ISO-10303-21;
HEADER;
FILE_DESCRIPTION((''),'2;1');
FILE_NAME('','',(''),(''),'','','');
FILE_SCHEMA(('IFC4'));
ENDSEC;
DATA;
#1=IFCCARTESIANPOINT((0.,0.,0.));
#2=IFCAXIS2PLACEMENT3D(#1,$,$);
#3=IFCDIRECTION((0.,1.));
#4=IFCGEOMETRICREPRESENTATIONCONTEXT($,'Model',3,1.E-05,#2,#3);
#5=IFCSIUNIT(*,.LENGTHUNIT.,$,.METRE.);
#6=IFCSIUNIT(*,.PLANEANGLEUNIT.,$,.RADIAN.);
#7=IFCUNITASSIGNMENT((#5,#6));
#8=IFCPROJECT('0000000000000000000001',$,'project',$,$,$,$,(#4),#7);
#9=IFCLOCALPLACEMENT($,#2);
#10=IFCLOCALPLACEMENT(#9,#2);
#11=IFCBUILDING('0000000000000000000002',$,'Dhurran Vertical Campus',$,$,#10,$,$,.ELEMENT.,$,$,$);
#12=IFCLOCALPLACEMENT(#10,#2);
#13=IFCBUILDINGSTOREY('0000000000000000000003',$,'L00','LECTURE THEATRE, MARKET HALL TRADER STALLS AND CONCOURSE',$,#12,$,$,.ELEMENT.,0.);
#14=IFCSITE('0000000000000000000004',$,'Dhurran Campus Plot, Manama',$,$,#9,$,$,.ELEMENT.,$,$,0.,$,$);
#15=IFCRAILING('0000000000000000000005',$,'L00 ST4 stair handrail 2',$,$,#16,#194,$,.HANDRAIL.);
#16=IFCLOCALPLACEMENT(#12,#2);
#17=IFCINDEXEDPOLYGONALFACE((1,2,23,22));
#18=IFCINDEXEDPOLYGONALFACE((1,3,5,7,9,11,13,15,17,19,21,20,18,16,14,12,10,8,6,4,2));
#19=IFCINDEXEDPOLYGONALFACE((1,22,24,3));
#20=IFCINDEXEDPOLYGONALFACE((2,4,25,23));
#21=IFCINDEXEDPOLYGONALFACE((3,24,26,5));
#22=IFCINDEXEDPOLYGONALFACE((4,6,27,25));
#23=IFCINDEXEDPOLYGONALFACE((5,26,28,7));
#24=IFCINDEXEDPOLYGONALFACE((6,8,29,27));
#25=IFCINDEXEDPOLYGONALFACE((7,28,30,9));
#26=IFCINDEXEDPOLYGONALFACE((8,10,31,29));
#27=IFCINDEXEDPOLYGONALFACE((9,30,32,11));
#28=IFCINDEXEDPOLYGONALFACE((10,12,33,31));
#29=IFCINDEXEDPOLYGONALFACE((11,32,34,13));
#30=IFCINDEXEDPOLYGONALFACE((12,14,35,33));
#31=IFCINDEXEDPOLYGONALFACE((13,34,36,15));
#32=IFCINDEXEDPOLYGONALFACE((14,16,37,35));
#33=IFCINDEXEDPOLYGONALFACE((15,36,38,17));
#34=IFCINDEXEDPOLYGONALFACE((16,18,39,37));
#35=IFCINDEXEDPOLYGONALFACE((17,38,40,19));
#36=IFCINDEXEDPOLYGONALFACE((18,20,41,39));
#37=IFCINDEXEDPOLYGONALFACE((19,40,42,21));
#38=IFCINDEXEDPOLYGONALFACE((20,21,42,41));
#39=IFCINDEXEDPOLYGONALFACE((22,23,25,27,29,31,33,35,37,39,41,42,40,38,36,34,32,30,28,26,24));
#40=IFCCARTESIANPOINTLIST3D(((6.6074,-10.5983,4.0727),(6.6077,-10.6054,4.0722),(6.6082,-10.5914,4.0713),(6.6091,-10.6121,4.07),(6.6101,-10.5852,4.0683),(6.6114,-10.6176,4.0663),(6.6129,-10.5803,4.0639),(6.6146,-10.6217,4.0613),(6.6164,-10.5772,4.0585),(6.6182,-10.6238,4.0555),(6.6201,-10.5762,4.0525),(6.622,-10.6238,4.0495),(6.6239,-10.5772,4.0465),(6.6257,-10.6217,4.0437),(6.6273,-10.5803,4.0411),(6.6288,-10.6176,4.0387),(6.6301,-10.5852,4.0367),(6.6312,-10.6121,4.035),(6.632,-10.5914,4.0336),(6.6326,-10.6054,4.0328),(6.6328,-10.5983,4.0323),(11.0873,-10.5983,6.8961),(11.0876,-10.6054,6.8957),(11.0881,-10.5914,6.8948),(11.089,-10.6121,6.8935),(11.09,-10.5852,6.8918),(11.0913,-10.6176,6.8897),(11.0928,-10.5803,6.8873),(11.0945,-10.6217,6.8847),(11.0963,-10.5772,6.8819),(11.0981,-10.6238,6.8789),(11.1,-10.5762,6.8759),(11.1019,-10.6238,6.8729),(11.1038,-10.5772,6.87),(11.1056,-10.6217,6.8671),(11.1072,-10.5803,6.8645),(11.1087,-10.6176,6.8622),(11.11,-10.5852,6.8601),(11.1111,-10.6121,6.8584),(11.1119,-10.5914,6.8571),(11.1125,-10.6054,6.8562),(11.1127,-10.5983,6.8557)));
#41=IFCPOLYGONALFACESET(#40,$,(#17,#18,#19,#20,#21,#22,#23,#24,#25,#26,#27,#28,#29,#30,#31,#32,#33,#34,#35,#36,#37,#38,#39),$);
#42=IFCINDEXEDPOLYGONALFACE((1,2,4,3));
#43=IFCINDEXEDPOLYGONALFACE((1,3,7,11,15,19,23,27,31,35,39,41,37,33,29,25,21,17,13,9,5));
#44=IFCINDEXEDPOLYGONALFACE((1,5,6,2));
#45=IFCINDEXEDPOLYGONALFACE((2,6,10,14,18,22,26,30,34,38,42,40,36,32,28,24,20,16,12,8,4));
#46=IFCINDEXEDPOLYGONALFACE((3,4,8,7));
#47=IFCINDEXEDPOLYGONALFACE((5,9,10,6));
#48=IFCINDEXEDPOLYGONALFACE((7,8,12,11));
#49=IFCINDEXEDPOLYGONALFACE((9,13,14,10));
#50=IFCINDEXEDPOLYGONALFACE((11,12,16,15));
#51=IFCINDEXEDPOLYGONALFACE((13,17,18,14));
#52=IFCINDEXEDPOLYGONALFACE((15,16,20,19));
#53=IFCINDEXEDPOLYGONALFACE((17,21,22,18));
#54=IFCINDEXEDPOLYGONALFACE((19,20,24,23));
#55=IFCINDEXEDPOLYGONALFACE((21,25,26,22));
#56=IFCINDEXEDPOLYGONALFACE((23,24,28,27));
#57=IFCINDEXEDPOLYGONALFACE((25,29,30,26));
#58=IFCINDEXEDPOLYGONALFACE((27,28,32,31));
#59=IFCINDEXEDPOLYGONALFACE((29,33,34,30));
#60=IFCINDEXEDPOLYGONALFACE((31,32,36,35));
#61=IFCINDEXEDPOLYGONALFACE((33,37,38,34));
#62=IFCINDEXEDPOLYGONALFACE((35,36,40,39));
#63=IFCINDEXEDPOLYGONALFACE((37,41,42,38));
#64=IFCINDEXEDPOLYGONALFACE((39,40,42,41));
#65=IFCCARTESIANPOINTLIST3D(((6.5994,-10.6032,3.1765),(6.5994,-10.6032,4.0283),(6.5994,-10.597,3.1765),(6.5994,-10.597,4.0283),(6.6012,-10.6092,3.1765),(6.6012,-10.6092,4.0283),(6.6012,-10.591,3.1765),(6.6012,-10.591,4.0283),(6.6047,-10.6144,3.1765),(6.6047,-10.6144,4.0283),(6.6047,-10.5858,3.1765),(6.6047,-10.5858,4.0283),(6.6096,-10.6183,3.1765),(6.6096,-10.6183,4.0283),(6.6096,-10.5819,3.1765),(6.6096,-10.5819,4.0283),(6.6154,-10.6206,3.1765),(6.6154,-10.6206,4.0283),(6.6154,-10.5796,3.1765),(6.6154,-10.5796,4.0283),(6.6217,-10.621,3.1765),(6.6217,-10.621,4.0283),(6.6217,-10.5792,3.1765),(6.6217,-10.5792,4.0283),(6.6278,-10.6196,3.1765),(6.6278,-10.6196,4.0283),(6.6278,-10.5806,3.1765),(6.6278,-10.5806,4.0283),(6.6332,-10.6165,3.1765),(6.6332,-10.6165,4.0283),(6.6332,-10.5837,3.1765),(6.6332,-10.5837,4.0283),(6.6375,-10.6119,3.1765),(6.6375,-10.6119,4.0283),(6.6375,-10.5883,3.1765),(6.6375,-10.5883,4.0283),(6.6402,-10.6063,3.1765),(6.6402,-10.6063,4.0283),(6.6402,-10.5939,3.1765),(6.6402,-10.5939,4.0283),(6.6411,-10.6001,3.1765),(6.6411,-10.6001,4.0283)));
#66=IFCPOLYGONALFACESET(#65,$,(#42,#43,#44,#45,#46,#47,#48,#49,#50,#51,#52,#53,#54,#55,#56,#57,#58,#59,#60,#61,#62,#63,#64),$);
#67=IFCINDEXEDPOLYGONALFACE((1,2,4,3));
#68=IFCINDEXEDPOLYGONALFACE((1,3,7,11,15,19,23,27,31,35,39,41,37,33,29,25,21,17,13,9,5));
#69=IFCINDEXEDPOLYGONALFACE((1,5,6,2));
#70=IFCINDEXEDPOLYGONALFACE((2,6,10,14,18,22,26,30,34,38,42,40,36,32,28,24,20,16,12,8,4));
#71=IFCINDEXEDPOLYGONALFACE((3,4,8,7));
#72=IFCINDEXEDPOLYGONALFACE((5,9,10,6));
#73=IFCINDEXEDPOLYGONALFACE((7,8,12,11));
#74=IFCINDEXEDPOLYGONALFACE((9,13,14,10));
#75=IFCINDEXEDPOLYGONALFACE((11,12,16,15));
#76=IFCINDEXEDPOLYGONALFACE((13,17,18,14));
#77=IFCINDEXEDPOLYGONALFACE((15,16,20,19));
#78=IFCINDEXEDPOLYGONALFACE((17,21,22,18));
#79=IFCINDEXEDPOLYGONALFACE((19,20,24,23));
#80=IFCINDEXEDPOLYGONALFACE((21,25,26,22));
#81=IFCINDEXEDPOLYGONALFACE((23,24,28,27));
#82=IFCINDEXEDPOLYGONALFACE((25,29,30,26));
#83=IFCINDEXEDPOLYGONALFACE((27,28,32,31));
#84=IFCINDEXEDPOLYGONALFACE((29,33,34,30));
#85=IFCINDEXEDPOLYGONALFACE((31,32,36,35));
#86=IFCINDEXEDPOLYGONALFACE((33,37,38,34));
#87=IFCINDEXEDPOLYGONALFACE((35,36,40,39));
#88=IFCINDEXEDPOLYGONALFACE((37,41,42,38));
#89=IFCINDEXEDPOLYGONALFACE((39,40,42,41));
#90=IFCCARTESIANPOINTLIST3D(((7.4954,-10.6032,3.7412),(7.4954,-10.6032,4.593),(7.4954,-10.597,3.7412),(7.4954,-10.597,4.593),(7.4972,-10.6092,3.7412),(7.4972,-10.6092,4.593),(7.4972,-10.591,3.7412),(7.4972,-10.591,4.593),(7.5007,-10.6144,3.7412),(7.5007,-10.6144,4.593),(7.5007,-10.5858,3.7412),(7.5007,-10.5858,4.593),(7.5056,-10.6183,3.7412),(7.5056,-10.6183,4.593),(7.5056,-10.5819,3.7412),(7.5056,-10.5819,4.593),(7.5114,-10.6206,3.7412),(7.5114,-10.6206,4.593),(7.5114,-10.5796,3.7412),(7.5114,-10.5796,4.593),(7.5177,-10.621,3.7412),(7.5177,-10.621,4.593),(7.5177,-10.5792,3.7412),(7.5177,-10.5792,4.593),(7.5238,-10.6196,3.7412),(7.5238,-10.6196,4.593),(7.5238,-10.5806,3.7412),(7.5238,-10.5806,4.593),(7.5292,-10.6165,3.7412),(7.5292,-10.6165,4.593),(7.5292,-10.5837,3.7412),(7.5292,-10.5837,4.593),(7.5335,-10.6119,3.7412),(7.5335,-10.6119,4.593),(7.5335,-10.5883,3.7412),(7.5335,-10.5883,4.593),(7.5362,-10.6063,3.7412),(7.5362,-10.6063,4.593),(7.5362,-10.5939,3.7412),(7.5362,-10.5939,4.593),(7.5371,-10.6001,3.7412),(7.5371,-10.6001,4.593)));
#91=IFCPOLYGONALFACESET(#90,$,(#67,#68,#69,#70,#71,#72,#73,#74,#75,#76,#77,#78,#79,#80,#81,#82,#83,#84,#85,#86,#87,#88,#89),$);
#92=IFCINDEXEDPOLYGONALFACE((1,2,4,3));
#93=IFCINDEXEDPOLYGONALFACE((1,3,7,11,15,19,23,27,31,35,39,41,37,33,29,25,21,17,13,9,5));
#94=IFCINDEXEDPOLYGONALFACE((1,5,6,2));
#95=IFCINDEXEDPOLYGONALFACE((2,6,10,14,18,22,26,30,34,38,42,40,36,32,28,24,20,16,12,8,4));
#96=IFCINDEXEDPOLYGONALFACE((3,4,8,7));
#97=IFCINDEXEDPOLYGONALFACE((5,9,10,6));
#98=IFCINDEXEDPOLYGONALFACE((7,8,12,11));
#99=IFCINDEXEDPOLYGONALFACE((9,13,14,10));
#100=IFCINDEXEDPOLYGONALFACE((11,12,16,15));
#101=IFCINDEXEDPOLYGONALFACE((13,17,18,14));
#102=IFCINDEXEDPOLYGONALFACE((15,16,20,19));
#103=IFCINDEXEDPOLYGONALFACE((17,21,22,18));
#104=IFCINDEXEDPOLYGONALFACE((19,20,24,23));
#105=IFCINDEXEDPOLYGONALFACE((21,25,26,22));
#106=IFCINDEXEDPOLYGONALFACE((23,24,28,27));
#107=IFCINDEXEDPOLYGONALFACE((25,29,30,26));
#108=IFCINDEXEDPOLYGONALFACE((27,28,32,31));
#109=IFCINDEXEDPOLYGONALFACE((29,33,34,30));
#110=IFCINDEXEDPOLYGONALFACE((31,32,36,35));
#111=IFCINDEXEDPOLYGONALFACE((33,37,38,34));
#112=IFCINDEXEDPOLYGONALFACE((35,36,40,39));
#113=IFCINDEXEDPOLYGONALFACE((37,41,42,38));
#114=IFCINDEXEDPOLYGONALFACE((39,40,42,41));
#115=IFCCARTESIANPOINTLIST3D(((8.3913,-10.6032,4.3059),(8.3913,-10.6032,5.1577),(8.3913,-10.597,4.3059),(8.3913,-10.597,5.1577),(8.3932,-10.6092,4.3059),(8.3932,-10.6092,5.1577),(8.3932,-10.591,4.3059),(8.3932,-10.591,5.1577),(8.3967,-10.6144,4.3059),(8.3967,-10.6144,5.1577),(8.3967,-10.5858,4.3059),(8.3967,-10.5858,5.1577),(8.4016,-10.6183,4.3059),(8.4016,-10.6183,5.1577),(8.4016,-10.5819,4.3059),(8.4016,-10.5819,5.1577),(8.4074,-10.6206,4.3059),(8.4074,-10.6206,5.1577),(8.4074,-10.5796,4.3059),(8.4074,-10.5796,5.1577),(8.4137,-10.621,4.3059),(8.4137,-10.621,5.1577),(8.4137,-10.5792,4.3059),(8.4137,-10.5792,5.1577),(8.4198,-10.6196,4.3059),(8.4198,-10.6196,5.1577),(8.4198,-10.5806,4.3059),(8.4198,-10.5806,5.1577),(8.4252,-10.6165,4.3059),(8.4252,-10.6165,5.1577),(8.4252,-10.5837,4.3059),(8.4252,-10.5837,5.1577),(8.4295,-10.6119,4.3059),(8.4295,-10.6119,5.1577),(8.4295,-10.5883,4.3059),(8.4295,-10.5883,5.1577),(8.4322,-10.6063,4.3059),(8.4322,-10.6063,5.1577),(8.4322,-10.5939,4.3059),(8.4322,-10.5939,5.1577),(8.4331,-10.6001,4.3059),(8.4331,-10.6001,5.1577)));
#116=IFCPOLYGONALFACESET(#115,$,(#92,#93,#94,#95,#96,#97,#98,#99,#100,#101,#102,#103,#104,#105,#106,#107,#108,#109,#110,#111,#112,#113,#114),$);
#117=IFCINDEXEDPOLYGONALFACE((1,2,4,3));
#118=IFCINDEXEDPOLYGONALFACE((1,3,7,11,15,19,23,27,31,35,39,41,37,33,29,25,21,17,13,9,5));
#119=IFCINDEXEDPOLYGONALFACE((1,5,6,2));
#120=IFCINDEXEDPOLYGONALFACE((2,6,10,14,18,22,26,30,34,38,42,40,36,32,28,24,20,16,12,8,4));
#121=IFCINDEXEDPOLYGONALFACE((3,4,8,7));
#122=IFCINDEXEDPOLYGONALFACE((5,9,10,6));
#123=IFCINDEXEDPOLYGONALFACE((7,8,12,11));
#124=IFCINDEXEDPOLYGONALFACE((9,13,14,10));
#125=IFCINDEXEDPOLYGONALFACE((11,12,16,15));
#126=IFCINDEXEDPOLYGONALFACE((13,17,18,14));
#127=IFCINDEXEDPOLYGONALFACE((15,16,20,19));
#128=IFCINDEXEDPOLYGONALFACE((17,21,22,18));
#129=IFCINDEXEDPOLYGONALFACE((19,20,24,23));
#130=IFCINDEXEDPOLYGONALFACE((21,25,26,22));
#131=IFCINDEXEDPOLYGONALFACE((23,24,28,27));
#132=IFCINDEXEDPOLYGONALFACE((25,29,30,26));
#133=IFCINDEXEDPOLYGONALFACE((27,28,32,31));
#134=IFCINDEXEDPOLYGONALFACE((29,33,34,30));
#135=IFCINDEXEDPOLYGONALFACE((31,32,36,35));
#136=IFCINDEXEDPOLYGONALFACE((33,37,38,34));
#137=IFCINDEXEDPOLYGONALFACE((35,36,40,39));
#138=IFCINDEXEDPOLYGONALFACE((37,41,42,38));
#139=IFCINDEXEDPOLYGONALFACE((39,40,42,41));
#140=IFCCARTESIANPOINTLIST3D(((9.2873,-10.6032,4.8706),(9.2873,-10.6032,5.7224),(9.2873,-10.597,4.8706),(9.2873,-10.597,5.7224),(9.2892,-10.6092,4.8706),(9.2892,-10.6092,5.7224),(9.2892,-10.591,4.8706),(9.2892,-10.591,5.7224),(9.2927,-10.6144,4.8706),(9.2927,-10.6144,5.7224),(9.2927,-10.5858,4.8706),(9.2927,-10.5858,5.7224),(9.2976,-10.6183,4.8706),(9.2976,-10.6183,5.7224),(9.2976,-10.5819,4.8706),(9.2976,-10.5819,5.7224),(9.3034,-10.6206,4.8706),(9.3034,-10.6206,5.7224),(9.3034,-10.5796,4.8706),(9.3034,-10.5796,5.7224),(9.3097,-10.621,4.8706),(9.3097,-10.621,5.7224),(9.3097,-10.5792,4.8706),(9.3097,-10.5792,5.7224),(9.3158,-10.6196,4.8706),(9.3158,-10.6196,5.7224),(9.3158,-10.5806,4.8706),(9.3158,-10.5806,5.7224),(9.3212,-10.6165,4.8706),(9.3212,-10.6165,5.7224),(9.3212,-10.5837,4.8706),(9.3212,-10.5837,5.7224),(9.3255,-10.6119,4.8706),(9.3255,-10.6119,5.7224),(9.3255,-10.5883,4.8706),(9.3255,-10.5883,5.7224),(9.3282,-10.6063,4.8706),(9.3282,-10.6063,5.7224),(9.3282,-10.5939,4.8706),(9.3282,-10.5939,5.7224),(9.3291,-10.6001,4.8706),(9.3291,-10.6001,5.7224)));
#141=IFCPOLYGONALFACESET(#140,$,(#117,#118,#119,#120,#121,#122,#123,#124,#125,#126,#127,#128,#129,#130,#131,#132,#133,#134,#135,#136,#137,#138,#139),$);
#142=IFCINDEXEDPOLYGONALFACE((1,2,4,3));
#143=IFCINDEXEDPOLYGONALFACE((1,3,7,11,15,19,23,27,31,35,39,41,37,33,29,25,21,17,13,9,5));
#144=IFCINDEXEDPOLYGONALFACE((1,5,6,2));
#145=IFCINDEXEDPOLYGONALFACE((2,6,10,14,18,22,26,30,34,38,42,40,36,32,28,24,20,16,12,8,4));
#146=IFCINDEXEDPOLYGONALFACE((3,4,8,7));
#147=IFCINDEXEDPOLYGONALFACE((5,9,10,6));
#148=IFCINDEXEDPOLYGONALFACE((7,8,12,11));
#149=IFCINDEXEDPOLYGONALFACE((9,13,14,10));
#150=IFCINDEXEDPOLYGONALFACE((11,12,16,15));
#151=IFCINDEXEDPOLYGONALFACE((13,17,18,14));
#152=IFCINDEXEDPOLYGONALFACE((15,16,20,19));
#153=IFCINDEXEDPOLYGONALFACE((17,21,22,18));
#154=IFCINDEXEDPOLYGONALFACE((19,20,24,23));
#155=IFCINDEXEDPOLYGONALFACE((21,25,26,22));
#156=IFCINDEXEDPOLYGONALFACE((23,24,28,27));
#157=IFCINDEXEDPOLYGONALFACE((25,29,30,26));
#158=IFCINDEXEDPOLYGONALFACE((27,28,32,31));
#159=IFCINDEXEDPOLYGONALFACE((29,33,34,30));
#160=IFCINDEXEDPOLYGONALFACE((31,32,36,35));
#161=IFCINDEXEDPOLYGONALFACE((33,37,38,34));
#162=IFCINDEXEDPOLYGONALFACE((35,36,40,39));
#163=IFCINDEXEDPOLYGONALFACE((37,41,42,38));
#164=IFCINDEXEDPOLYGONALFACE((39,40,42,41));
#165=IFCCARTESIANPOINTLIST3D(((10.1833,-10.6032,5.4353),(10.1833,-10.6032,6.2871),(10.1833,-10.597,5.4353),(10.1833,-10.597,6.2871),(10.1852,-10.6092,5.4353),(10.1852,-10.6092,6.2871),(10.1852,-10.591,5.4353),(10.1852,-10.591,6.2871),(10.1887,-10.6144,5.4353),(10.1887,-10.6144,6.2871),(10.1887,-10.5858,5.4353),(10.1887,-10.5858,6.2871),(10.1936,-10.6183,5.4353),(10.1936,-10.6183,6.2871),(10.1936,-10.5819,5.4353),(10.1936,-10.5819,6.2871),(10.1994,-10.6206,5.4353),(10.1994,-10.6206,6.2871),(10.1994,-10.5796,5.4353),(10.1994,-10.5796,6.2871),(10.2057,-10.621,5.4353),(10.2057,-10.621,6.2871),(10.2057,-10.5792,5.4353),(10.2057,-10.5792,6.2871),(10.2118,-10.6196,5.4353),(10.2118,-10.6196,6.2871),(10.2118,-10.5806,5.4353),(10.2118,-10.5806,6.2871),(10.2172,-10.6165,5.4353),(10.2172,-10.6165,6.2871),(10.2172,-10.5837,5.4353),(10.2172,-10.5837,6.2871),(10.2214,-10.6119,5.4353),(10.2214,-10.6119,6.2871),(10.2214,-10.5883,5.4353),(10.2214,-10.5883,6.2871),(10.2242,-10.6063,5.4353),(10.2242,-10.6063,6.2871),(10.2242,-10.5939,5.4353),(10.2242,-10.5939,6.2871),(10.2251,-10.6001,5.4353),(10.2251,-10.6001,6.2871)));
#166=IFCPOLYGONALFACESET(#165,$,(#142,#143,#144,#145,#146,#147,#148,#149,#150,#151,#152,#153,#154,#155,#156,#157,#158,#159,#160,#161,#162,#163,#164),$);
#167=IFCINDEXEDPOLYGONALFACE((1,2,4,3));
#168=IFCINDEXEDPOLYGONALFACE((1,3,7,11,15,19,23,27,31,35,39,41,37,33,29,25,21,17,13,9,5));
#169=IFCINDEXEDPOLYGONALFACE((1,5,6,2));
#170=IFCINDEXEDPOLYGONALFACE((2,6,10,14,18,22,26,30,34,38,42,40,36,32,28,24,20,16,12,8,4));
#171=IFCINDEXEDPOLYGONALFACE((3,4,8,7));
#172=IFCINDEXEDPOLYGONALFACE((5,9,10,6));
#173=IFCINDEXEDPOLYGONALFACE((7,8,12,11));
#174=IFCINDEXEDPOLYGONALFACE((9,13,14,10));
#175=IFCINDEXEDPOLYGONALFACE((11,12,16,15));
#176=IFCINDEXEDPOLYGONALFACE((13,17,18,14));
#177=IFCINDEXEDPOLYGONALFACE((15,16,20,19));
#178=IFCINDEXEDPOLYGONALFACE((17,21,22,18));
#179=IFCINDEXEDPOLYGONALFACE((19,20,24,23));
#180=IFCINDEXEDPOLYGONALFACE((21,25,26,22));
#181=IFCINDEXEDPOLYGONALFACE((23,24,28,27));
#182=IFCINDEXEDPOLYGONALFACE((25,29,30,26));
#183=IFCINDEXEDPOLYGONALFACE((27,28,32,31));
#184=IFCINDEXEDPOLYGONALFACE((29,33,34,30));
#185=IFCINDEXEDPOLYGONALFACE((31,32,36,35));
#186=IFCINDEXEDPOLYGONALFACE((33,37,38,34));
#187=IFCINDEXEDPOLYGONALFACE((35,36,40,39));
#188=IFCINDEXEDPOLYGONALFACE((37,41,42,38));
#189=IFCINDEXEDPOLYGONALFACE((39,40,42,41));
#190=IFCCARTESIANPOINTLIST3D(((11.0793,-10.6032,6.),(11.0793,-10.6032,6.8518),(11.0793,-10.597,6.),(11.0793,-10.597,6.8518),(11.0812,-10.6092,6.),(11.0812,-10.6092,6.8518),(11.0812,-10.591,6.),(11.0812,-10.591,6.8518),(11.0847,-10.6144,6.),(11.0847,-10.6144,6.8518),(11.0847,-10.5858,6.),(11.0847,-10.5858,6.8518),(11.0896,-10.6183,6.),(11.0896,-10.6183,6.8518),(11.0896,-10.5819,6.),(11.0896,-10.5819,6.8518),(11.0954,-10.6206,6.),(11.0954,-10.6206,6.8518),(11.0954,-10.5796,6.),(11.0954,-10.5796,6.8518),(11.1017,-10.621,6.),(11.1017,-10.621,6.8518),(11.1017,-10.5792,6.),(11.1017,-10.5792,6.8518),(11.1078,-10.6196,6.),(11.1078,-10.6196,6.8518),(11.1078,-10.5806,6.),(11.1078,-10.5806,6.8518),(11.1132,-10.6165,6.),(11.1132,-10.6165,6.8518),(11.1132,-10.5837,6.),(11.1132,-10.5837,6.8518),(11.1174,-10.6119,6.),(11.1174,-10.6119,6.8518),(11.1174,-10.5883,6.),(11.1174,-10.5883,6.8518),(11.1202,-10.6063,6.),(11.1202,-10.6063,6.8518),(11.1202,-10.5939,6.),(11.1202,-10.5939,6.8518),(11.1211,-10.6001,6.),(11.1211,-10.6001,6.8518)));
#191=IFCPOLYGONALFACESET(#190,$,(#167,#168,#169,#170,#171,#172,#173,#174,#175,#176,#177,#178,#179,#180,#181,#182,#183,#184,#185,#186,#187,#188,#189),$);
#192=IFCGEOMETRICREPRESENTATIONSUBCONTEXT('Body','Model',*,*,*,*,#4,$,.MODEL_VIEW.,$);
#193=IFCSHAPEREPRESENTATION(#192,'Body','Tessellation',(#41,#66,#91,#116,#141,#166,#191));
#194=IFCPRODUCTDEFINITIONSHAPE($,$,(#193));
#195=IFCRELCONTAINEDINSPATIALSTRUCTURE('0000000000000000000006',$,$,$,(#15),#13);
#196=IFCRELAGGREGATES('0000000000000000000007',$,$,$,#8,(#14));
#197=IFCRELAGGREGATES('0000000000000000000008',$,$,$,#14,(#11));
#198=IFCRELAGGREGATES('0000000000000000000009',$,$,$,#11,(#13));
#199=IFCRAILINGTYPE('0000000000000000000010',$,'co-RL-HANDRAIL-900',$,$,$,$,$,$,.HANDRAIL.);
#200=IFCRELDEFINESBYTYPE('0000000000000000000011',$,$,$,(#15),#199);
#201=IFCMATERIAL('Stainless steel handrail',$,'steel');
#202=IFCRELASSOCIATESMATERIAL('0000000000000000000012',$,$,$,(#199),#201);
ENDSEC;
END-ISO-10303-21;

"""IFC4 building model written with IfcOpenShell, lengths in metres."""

from ifc_helpers import new_model, si_unit, direction, frame, origin, origin_2d, place, context, subcontext, project, spatial, circle, extrude, material, type_object, element, save


model = new_model("IFC4")

# Units and contexts
model_context = context("Model", 3, precision=1e-05, world=origin(), true_north=direction((0.0, 1.0)))
body_context = subcontext(model_context, "Body", "Model", "MODEL_VIEW")
ifc_project = project(units=[si_unit("LENGTHUNIT", "METRE"), si_unit("PLANEANGLEUNIT", "RADIAN")], contexts=[model_context])

# Site, building, storey
site_placement = place(None, origin())
site = spatial("IfcSite", under=ifc_project, at=site_placement, Name="Dhurran Campus Plot, Manama", CompositionType="ELEMENT", RefElevation=0.0)
building_placement = place(site_placement, origin())
building = spatial("IfcBuilding", under=site, at=building_placement, Name="Dhurran Vertical Campus", CompositionType="ELEMENT")
storey_placement = place(building_placement, origin())
storey = spatial("IfcBuildingStorey", under=building, at=storey_placement, Name="L00", Description="LECTURE THEATRE, MARKET HALL TRADER STALLS AND CONCOURSE", CompositionType="ELEMENT", Elevation=0.0)

# Railing
ifc_material_1 = material(Name="Stainless steel handrail", Category="steel")
railing_type_1 = type_object("IfcRailingType", Name="co-RL-HANDRAIL-900", PredefinedType="HANDRAIL", material=ifc_material_1)
railing_1_placement = place(storey_placement, frame((6.6201, -10.6001, 3.1765)))
element("IfcRailing", 1, at=railing_1_placement, inside=storey, type_object=railing_type_1, Name="L00 ST4 stair handrail 2", PredefinedType="HANDRAIL", context=body_context, shape_type="SweptSolid", body=[
    extrude(circle(Radius=0.0239, at=origin_2d()), frame((0.0, 0.0, 0.876), z_axis=(0.845998, 0.0, 0.533186), x_axis=(0.0, 1.0, 0.0)), (0.0, 0.0, 1.0), 5.2954),
    extrude(circle(Radius=0.021, at=origin_2d()), origin(), (0.0, 0.0, 1.0), 0.8518),
    extrude(circle(Radius=0.021, at=origin_2d()), frame((0.896, 0.0, 0.5647)), (0.0, 0.0, 1.0), 0.8518),
    extrude(circle(Radius=0.021, at=origin_2d()), frame((1.792, 0.0, 1.1294)), (0.0, 0.0, 1.0), 0.8518),
    extrude(circle(Radius=0.021, at=origin_2d()), frame((2.688, 0.0, 1.6941)), (0.0, 0.0, 1.0), 0.8518),
    extrude(circle(Radius=0.021, at=origin_2d()), frame((3.584, 0.0, 2.2588)), (0.0, 0.0, 1.0), 0.8518),
    extrude(circle(Radius=0.021, at=origin_2d()), frame((4.48, 0.0, 2.8235)), (0.0, 0.0, 1.0), 0.8518),
])

save(model, "model.ifc")
